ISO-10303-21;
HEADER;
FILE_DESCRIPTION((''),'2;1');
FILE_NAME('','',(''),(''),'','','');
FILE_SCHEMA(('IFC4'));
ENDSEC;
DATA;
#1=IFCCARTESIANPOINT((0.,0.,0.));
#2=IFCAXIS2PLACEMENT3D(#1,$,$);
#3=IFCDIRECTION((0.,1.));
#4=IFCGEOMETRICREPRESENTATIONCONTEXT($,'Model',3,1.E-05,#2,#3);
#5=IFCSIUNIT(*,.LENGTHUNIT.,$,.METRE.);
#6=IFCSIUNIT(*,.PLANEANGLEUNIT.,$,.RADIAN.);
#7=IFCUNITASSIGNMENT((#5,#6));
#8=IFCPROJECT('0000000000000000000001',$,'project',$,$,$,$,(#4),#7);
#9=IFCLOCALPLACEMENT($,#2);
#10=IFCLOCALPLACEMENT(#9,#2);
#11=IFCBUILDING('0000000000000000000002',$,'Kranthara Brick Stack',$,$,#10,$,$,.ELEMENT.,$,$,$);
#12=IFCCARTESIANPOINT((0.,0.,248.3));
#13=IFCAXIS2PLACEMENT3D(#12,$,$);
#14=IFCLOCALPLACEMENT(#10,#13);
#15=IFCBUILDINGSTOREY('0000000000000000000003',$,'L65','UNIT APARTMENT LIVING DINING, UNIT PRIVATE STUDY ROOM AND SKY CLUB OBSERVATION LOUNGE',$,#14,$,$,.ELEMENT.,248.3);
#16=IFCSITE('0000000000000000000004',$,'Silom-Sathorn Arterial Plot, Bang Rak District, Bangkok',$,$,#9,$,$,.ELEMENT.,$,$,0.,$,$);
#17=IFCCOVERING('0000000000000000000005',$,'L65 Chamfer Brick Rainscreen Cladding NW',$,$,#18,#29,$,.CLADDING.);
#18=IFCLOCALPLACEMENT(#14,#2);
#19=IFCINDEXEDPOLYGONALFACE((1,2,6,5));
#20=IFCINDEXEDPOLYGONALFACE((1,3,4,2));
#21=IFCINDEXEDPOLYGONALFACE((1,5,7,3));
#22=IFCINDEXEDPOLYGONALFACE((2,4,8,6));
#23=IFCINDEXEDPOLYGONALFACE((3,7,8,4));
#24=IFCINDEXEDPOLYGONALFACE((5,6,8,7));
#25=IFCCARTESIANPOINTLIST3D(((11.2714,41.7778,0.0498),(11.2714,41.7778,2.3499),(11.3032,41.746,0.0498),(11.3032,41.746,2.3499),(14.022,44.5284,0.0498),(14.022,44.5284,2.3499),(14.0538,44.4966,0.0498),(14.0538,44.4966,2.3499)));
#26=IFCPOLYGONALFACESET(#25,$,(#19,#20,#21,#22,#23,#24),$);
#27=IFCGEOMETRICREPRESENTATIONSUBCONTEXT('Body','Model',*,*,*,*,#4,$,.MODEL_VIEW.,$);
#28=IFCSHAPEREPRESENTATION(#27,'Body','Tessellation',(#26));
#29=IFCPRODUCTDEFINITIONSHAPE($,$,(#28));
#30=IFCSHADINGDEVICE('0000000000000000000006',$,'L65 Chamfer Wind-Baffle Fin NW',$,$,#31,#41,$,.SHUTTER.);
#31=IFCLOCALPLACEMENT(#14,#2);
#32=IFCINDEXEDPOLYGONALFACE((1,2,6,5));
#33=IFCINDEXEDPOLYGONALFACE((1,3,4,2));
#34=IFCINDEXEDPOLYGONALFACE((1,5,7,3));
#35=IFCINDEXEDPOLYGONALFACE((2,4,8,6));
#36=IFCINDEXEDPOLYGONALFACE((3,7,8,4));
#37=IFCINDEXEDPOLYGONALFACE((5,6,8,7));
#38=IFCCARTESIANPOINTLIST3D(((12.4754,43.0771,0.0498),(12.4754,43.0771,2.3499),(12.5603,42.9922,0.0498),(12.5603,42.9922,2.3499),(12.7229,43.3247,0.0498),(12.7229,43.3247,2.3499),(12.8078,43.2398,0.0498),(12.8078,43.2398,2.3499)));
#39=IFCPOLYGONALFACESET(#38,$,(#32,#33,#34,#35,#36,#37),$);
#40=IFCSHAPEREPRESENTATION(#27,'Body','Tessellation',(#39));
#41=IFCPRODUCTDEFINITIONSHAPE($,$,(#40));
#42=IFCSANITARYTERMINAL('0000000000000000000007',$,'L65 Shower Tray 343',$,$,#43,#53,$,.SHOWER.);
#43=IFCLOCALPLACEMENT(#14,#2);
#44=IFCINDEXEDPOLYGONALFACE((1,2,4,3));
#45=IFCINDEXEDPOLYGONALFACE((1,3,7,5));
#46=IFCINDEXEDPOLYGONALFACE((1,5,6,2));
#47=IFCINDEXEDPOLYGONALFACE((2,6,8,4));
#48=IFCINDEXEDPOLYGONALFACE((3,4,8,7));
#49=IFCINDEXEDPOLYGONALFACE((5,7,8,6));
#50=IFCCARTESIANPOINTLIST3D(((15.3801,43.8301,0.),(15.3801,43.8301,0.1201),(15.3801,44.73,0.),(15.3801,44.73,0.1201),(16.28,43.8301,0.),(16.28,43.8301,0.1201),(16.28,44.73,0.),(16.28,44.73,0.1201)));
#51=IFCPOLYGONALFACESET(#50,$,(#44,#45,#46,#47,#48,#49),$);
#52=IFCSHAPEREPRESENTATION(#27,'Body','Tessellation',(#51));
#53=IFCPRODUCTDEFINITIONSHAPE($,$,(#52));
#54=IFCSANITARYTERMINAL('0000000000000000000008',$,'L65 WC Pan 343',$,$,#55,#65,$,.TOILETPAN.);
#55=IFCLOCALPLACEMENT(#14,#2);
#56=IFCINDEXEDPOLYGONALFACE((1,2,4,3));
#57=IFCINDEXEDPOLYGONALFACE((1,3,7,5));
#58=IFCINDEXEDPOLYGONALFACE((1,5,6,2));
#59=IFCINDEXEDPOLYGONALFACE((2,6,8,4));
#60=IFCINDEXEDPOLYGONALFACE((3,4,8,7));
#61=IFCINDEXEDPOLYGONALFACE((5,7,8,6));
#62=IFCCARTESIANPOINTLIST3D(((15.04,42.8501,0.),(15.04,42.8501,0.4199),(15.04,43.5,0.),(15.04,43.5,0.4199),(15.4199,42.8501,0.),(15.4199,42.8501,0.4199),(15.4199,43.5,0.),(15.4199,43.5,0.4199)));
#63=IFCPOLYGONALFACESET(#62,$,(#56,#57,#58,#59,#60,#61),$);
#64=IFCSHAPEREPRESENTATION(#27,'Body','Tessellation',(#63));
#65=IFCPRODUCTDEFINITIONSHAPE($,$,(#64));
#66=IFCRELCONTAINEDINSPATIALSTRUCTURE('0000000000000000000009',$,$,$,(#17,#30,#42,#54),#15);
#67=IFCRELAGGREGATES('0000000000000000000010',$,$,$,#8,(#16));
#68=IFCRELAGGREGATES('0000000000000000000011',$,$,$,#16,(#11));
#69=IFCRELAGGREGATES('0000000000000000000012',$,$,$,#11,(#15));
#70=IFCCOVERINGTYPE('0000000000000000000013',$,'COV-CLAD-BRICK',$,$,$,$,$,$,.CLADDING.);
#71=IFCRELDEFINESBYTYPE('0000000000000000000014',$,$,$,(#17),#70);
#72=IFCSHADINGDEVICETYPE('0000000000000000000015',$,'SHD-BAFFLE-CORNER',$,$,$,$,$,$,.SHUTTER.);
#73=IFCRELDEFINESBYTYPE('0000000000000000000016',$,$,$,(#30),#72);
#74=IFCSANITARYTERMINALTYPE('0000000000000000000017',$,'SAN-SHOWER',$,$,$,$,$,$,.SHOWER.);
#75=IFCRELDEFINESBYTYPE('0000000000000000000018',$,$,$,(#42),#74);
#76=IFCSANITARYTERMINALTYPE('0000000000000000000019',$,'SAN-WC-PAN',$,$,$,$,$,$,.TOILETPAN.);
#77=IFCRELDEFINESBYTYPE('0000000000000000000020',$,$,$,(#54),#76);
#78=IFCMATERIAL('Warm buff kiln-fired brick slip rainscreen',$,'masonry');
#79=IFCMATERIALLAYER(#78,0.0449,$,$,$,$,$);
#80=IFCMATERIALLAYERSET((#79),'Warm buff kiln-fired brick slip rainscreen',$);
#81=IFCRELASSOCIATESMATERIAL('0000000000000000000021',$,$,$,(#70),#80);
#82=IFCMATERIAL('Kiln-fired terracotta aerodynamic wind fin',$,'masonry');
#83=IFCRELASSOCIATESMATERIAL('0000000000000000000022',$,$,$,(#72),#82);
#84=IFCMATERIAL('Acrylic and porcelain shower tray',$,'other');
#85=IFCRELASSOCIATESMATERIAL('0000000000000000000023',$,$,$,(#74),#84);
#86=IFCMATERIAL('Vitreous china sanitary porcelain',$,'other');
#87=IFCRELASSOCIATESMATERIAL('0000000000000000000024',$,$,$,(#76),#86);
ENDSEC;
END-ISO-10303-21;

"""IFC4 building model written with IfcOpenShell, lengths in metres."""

from ifc_helpers import new_model, si_unit, direction, frame, origin, origin_2d, place, context, subcontext, project, spatial, rectangle, extrude, material, layer, layer_set, type_object, element, save


model = new_model("IFC4")

# Units and contexts
model_context = context("Model", 3, precision=1e-05, world=origin(), true_north=direction((0.0, 1.0)))
body_context = subcontext(model_context, "Body", "Model", "MODEL_VIEW")
ifc_project = project(units=[si_unit("LENGTHUNIT", "METRE"), si_unit("PLANEANGLEUNIT", "RADIAN")], contexts=[model_context])

# Site, building, storey
site_placement = place(None, origin())
site = spatial("IfcSite", under=ifc_project, at=site_placement, Name="Silom-Sathorn Arterial Plot, Bang Rak District, Bangkok", CompositionType="ELEMENT", RefElevation=0.0)
building_placement = place(site_placement, origin())
building = spatial("IfcBuilding", under=site, at=building_placement, Name="Kranthara Brick Stack", CompositionType="ELEMENT")
storey_placement = place(building_placement, frame((0.0, 0.0, 248.3)))
storey = spatial("IfcBuildingStorey", under=building, at=storey_placement, Name="L65", Description="UNIT APARTMENT LIVING DINING, UNIT PRIVATE STUDY ROOM AND SKY CLUB OBSERVATION LOUNGE", CompositionType="ELEMENT", Elevation=248.3)

# Covering
ifc_material_1 = material(Name="Warm buff kiln-fired brick slip rainscreen", Category="masonry")
ifc_layer_1 = layer(ifc_material_1, 0.0449)
ifc_layer_set_1 = layer_set([ifc_layer_1], Name="Warm buff kiln-fired brick slip rainscreen")
covering_type = type_object("IfcCoveringType", Name="COV-CLAD-BRICK", PredefinedType="CLADDING", material=ifc_layer_set_1)
covering_placement = place(storey_placement, frame((12.6626, 43.1372, 0.0498), z_axis=(0.0, 0.0, 1.0), x_axis=(0.707107, 0.707107, 0.0)))
element("IfcCovering", 1, at=covering_placement, inside=storey, type_object=covering_type, Name="L65 Chamfer Brick Rainscreen Cladding NW", PredefinedType="CLADDING", context=body_context, shape_type="SweptSolid", body=[
    extrude(rectangle(XDim=3.8899, YDim=0.0449, at=origin_2d()), origin(), (0.0, 0.0, 1.0), 2.3),
])

# Shading device
ifc_material_2 = material(Name="Kiln-fired terracotta aerodynamic wind fin", Category="masonry")
shading_device_type = type_object("IfcShadingDeviceType", Name="SHD-BAFFLE-CORNER", PredefinedType="SHUTTER", material=ifc_material_2)
shading_device_placement = place(storey_placement, frame((12.6416, 43.1584, 0.0498), z_axis=(0.0, 0.0, 1.0), x_axis=(0.707107, 0.707107, 0.0)))
element("IfcShadingDevice", 2, at=shading_device_placement, inside=storey, type_object=shading_device_type, Name="L65 Chamfer Wind-Baffle Fin NW", PredefinedType="SHUTTER", context=body_context, shape_type="SweptSolid", body=[
    extrude(rectangle(XDim=0.3501, YDim=0.1201, at=origin_2d()), origin(), (0.0, 0.0, 1.0), 2.3),
])

# Sanitary terminals
ifc_material_3 = material(Name="Acrylic and porcelain shower tray", Category="other")
sanitary_terminal_type_1 = type_object("IfcSanitaryTerminalType", Name="SAN-SHOWER", PredefinedType="SHOWER", material=ifc_material_3)
sanitary_terminal_1_placement = place(storey_placement, frame((15.8301, 44.28, 0.0), z_axis=(0.0, 0.0, 1.0), x_axis=(1.0, 0.0, 0.0)))
element("IfcSanitaryTerminal", 3, at=sanitary_terminal_1_placement, inside=storey, type_object=sanitary_terminal_type_1, Name="L65 Shower Tray 343", PredefinedType="SHOWER", context=body_context, shape_type="SweptSolid", body=[
    extrude(rectangle(XDim=0.8999, YDim=0.8999, at=origin_2d()), origin(), (0.0, 0.0, 1.0), 0.1201),
])
ifc_material_4 = material(Name="Vitreous china sanitary porcelain", Category="other")
sanitary_terminal_type_2 = type_object("IfcSanitaryTerminalType", Name="SAN-WC-PAN", PredefinedType="TOILETPAN", material=ifc_material_4)
sanitary_terminal_2_placement = place(storey_placement, frame((15.23, 43.175, 0.0), z_axis=(0.0, 0.0, 1.0), x_axis=(1.0, 0.0, 0.0)))
element("IfcSanitaryTerminal", 4, at=sanitary_terminal_2_placement, inside=storey, type_object=sanitary_terminal_type_2, Name="L65 WC Pan 343", PredefinedType="TOILETPAN", context=body_context, shape_type="SweptSolid", body=[
    extrude(rectangle(XDim=0.3799, YDim=0.6499, at=origin_2d()), origin(), (0.0, 0.0, 1.0), 0.4199),
])

save(model, "model.ifc")
